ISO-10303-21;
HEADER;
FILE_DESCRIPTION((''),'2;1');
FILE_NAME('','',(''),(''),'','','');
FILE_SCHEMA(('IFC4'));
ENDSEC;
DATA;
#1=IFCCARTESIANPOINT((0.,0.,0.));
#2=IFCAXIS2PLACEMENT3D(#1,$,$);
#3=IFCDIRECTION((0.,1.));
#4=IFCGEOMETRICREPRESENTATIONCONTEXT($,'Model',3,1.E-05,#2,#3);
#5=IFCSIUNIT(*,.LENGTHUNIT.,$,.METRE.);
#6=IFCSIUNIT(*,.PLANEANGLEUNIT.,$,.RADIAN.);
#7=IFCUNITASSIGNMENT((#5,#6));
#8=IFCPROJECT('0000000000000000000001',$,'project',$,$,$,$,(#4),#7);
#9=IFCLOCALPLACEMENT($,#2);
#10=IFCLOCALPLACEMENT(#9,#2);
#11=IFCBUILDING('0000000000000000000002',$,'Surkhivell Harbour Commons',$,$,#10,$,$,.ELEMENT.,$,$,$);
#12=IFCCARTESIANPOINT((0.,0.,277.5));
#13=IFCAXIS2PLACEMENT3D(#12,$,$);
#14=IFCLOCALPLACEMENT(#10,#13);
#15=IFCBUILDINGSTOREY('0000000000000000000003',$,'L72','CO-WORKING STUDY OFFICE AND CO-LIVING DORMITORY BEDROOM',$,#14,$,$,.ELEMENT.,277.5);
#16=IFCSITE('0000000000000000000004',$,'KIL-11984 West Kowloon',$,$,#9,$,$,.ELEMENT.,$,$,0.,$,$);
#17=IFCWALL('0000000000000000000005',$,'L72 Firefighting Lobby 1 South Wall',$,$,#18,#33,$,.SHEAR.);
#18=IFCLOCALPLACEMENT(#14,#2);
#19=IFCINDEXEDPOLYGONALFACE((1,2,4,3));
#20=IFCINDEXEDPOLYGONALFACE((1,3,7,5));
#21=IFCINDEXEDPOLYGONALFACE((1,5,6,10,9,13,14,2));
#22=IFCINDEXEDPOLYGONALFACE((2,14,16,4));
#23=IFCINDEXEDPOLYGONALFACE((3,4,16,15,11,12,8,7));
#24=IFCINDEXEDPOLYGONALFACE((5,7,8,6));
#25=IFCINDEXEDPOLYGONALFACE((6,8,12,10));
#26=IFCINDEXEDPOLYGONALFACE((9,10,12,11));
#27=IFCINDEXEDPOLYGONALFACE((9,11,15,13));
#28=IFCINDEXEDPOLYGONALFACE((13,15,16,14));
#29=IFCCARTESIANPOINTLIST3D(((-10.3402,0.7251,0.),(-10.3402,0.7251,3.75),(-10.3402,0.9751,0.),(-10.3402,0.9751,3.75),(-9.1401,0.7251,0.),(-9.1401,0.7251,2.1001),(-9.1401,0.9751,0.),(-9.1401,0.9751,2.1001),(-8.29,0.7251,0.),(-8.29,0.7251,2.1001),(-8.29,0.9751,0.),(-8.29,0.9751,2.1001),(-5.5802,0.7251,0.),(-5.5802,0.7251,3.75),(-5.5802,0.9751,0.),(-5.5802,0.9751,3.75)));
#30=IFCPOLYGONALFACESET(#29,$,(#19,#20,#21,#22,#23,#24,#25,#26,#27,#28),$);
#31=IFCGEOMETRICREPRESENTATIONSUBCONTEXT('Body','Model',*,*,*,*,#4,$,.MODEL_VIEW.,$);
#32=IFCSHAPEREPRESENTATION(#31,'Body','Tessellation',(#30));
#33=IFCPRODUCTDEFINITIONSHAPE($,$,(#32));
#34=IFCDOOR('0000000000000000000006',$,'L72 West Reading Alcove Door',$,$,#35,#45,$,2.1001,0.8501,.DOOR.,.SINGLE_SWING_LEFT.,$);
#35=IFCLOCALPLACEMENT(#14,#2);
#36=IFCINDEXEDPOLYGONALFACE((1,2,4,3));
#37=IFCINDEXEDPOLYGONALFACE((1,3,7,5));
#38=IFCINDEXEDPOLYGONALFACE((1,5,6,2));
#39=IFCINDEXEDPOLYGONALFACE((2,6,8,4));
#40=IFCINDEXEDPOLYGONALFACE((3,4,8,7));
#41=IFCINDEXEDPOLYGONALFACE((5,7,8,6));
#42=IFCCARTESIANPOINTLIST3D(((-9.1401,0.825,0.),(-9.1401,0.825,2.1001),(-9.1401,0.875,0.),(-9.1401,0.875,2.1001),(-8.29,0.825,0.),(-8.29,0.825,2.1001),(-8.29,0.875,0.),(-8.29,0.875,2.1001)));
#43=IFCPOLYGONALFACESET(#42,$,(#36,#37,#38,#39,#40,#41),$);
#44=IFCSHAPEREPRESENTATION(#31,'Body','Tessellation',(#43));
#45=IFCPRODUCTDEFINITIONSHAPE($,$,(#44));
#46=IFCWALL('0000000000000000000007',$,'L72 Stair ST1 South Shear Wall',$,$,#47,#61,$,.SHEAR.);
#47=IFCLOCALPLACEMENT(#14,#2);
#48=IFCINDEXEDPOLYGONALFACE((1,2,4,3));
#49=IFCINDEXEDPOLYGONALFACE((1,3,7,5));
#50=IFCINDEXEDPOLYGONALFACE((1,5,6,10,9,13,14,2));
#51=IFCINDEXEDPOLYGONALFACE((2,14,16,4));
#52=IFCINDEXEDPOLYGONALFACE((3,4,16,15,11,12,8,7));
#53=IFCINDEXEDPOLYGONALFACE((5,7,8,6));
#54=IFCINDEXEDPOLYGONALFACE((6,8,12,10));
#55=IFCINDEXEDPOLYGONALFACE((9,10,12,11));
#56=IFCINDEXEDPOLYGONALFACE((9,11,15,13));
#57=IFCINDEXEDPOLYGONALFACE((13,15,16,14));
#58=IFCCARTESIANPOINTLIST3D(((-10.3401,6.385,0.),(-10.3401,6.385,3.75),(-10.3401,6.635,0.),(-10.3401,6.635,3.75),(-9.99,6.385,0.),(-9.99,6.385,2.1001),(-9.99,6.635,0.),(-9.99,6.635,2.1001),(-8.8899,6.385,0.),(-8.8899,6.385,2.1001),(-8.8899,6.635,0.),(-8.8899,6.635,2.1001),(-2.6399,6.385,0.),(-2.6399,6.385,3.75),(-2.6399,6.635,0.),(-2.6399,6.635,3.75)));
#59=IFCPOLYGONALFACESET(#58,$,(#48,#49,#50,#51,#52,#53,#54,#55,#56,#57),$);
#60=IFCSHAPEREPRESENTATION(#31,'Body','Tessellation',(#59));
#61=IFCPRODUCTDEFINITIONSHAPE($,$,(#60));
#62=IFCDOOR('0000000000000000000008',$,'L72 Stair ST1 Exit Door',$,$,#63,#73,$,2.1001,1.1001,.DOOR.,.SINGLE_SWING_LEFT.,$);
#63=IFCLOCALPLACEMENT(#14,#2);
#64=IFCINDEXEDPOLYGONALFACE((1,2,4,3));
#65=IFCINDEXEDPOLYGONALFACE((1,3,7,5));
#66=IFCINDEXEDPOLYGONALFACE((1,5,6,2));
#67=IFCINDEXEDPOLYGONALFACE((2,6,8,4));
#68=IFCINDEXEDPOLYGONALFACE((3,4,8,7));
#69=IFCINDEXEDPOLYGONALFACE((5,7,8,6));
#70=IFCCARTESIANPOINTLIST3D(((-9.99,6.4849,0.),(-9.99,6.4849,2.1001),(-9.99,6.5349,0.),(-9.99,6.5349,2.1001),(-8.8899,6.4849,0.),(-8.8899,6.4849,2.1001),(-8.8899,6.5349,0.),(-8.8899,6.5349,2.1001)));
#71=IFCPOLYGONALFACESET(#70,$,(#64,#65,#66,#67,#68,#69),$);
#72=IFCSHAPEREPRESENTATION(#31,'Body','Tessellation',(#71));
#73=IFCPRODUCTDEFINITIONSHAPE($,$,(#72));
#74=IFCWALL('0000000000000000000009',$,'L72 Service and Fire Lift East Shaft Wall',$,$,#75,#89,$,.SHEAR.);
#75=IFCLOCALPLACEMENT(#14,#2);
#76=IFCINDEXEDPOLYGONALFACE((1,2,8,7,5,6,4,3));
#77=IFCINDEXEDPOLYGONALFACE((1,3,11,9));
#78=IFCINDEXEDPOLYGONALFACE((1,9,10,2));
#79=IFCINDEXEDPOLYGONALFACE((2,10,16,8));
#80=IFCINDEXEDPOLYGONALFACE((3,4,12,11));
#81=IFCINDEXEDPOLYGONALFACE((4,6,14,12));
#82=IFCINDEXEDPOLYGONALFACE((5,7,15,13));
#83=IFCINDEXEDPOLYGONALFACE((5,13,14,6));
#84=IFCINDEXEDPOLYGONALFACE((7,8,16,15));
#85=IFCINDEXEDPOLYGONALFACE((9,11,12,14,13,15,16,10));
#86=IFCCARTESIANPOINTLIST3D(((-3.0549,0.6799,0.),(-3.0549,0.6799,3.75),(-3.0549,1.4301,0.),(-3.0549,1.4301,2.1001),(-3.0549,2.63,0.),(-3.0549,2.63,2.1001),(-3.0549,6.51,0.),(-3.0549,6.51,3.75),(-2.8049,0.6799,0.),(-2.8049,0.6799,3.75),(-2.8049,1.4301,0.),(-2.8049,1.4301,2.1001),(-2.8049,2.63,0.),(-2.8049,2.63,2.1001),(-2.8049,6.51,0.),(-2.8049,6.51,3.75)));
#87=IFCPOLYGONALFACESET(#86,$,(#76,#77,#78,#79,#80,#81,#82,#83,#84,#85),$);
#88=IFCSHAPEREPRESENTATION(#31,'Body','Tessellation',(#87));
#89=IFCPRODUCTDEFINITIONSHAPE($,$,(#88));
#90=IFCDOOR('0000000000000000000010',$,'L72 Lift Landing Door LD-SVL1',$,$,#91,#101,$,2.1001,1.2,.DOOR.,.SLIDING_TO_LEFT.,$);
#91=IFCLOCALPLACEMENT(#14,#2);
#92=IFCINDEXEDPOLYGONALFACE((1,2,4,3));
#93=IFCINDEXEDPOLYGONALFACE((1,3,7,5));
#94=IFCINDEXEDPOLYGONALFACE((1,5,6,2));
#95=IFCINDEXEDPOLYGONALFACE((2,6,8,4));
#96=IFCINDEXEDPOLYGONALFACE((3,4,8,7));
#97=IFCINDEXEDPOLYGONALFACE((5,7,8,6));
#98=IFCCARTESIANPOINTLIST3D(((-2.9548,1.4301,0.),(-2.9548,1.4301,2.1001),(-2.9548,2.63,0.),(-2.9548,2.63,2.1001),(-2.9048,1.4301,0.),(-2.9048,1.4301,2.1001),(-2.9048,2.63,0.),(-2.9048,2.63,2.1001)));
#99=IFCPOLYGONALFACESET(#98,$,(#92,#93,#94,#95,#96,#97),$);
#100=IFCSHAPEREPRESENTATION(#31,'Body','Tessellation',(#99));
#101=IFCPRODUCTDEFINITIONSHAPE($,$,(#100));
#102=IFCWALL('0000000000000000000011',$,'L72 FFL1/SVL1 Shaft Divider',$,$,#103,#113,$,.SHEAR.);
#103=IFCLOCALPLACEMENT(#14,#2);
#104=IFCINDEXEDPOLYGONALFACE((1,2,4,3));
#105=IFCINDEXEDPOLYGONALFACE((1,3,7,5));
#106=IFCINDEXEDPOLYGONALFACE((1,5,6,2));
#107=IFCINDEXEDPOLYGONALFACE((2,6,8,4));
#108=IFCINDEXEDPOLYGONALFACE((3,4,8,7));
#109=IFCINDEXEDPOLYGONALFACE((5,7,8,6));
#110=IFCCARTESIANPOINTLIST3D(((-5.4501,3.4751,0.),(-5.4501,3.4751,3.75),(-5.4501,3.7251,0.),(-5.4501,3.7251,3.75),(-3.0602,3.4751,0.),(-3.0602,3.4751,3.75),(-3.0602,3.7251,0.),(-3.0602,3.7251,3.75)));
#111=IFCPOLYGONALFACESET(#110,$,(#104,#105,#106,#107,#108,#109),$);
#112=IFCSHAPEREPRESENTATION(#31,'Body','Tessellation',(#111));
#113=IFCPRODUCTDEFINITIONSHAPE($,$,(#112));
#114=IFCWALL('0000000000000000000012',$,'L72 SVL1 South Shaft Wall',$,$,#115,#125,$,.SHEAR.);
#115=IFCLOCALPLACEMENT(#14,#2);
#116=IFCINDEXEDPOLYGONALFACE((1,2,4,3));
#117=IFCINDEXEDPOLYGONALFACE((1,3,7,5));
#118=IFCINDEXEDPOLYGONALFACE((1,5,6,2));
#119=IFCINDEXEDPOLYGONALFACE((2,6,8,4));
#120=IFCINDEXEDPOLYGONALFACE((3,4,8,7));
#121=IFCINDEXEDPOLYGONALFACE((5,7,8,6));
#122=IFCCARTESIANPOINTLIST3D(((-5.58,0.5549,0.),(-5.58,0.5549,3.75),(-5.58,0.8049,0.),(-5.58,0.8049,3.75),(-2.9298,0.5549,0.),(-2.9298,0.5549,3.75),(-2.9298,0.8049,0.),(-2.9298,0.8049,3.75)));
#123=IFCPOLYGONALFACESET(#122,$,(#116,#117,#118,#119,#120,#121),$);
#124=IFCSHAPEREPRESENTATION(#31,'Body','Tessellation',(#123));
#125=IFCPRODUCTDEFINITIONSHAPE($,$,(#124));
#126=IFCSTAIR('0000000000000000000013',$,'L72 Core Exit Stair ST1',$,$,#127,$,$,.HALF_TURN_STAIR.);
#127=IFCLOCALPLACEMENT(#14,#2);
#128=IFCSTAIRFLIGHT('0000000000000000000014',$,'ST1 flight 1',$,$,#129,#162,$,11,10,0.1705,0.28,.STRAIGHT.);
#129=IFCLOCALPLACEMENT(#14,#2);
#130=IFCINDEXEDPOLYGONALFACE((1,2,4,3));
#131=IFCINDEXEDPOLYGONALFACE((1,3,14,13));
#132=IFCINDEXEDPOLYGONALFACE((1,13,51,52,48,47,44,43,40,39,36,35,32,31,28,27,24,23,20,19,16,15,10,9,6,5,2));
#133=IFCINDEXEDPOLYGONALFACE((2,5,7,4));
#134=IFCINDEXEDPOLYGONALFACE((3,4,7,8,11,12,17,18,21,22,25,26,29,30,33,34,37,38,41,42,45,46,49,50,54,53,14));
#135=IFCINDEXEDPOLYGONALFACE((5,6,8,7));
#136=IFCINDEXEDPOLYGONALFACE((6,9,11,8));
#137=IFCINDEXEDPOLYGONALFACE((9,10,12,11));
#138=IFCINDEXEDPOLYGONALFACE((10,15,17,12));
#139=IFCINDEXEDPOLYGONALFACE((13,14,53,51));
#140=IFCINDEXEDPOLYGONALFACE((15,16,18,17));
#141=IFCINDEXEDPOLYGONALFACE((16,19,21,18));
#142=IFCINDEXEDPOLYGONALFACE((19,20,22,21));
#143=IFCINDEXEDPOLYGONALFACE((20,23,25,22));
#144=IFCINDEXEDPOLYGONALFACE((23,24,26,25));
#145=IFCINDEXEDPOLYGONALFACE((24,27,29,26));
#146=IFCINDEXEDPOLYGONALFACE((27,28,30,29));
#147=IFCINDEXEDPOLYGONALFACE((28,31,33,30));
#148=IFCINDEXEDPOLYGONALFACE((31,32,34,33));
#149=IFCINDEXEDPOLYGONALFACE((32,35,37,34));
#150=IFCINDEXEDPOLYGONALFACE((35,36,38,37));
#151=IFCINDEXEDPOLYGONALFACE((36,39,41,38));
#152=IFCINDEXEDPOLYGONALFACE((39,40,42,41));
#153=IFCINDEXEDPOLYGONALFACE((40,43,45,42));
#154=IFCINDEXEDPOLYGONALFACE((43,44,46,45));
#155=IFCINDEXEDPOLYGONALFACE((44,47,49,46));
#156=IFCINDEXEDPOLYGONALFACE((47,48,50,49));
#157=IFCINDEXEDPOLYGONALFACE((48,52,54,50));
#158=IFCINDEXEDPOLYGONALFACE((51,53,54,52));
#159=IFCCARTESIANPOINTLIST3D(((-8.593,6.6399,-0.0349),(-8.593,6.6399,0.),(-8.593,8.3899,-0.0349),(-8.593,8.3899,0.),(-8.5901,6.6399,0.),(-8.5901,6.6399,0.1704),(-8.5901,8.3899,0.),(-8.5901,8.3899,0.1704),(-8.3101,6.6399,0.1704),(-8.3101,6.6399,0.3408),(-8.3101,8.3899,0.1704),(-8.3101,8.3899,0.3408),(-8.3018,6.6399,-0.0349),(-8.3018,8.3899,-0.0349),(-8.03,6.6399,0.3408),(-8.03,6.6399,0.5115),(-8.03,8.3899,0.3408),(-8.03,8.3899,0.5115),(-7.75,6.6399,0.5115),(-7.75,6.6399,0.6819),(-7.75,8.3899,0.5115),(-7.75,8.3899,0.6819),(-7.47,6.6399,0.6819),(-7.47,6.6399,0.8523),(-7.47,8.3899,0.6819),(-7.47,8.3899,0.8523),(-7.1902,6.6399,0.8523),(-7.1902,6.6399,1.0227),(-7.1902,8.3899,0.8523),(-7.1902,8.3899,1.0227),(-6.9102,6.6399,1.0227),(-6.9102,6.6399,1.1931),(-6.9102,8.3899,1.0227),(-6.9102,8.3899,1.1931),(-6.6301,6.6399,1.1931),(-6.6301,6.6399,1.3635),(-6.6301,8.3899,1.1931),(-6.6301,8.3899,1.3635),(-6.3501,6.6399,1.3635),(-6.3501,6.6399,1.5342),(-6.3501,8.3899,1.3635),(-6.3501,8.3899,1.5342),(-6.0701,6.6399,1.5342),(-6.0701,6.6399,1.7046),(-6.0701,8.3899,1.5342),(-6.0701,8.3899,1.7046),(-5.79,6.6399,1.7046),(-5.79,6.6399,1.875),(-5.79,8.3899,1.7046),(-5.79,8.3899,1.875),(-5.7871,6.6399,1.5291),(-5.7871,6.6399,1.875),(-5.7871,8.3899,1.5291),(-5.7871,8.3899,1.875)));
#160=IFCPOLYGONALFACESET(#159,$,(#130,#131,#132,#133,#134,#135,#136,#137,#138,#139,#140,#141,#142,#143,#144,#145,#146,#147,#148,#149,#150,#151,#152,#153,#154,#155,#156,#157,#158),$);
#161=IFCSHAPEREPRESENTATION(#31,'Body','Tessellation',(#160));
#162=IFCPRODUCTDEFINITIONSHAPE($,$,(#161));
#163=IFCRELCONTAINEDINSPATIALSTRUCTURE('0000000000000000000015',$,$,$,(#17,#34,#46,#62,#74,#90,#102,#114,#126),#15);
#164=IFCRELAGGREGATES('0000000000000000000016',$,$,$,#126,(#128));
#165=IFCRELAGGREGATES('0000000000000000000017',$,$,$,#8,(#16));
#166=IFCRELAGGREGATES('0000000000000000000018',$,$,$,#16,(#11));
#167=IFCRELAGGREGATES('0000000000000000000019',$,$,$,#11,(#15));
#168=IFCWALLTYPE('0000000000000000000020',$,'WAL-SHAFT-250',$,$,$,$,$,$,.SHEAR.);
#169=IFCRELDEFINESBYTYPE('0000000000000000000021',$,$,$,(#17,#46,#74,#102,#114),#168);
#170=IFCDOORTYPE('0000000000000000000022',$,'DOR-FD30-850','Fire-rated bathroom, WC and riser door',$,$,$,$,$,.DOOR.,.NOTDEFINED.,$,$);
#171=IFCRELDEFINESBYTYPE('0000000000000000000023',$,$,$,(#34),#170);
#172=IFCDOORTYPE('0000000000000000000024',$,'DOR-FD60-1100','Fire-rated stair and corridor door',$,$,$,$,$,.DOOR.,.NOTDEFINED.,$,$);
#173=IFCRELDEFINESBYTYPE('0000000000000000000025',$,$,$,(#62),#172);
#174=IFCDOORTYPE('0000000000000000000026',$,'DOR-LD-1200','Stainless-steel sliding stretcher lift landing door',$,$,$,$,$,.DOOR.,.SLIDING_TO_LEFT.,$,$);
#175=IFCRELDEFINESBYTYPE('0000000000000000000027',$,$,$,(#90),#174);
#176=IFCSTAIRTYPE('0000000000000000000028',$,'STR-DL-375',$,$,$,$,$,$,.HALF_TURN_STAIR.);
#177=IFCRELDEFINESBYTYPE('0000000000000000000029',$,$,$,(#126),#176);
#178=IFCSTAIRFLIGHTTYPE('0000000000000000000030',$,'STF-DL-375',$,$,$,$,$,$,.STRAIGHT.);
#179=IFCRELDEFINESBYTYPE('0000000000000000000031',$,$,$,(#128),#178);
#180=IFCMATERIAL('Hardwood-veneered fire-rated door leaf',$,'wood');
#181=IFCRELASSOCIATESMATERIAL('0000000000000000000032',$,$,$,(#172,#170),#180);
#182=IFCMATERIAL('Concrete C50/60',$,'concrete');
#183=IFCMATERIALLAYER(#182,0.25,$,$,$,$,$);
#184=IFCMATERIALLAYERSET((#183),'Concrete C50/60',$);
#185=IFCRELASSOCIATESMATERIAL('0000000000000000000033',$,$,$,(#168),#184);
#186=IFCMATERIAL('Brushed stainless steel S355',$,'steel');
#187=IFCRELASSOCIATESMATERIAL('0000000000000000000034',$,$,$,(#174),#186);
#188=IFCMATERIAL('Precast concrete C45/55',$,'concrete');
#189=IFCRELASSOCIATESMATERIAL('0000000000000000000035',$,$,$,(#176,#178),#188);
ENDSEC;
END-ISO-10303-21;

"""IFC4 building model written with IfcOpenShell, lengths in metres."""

from ifc_helpers import new_model, si_unit, direction, frame, frame_2d, origin, place, context, subcontext, project, spatial, polyline, rectangle, outline, extrude, material, layer, layer_set, type_object, element, fill, aggregate, save


model = new_model("IFC4")

# Units and contexts
model_context = context("Model", 3, precision=1e-05, world=origin(), true_north=direction((0.0, 1.0)))
body_context = subcontext(model_context, "Body", "Model", "MODEL_VIEW")
ifc_project = project(units=[si_unit("LENGTHUNIT", "METRE"), si_unit("PLANEANGLEUNIT", "RADIAN")], contexts=[model_context])

# Site, building, storey
site_placement = place(None, origin())
site = spatial("IfcSite", under=ifc_project, at=site_placement, Name="KIL-11984 West Kowloon", CompositionType="ELEMENT", RefElevation=0.0)
building_placement = place(site_placement, origin())
building = spatial("IfcBuilding", under=site, at=building_placement, Name="Surkhivell Harbour Commons", CompositionType="ELEMENT")
storey_placement = place(building_placement, frame((0.0, 0.0, 277.5)))
storey = spatial("IfcBuildingStorey", under=building, at=storey_placement, Name="L72", Description="CO-WORKING STUDY OFFICE AND CO-LIVING DORMITORY BEDROOM", CompositionType="ELEMENT", Elevation=277.5)

# Shared definitions
ifc_material_1 = material(Name="Concrete C50/60", Category="concrete")

# Shared definitions
ifc_material_2 = material(Name="Hardwood-veneered fire-rated door leaf", Category="wood")
door_type_1 = type_object("IfcDoorType", Name="DOR-FD60-1100", Description="Fire-rated stair and corridor door", OperationType="NOTDEFINED", PredefinedType="DOOR", material=ifc_material_2)

# Walls, openings, doors
ifc_layer_1 = layer(ifc_material_1, 0.25)
ifc_layer_set_1 = layer_set([ifc_layer_1], Name="Concrete C50/60")
wall_type_1 = type_object("IfcWallType", Name="WAL-SHAFT-250", PredefinedType="SHEAR", material=ifc_layer_set_1)
ifc_material_3 = material(Name="Brushed stainless steel S355", Category="steel")
wall_1_placement = place(storey_placement, frame((-10.3401, 0.8501, 0.0), z_axis=(0.0, 0.0, 1.0), x_axis=(1.0, 0.0, 0.0)))
wall_1 = element("IfcWall", 1, at=wall_1_placement, inside=storey, type_object=wall_type_1, Name="L72 Firefighting Lobby 1 South Wall", PredefinedType="SHEAR", context=body_context, shape_type="SweptSolid", body=[
    extrude(rectangle(XDim=4.76, YDim=0.25, at=frame_2d((2.3799, 0.0))), origin(), (0.0, 0.0, 1.0), 3.75),
])
opening_1_placement = place(wall_1_placement, frame((1.2, 0.0, 0.0)))
opening_1 = element("IfcOpeningElement", 2, at=opening_1_placement, cuts=wall_1, PredefinedType="OPENING", context=body_context, shape_type="SweptSolid", body=[
    extrude(rectangle(XDim=0.8501, YDim=2.1001, at=frame_2d((0.425, 1.05))), frame((0.0, 0.135, 0.0), z_axis=(0.0, -1.0, 0.0), x_axis=(1.0, 0.0, 0.0)), (0.0, 0.0, 1.0), 0.27),
])
door_type_2 = type_object("IfcDoorType", Name="DOR-FD30-850", Description="Fire-rated bathroom, WC and riser door", OperationType="NOTDEFINED", PredefinedType="DOOR", material=ifc_material_2)
door_1_placement = place(opening_1_placement, origin())
door_1 = element("IfcDoor", 3, at=door_1_placement, inside=storey, type_object=door_type_2, Name="L72 West Reading Alcove Door", OperationType="SINGLE_SWING_LEFT", OverallHeight=2.1001, OverallWidth=0.8501, PredefinedType="DOOR", context=body_context, shape_type="SweptSolid", body=[
    extrude(rectangle(XDim=0.8501, YDim=2.1001, at=frame_2d((0.425, 1.05))), frame((0.0, 0.0249, 0.0), z_axis=(0.0, -1.0, 0.0), x_axis=(1.0, 0.0, 0.0)), (0.0, 0.0, 1.0), 0.05),
])
fill(opening_1, door_1)
wall_2_placement = place(storey_placement, frame((-10.3401, 6.51, 0.0), z_axis=(0.0, 0.0, 1.0), x_axis=(1.0, 0.0, 0.0)))
wall_2 = element("IfcWall", 4, at=wall_2_placement, inside=storey, type_object=wall_type_1, Name="L72 Stair ST1 South Shear Wall", PredefinedType="SHEAR", context=body_context, shape_type="SweptSolid", body=[
    extrude(rectangle(XDim=7.7002, YDim=0.25, at=frame_2d((3.8501, 0.0))), origin(), (0.0, 0.0, 1.0), 3.75),
])
opening_2_placement = place(wall_2_placement, frame((0.3501, 0.0, 0.0)))
opening_2 = element("IfcOpeningElement", 5, at=opening_2_placement, cuts=wall_2, PredefinedType="OPENING", context=body_context, shape_type="SweptSolid", body=[
    extrude(rectangle(XDim=1.1001, YDim=2.1001, at=frame_2d((0.55, 1.05))), frame((0.0, 0.135, 0.0), z_axis=(0.0, -1.0, 0.0), x_axis=(1.0, 0.0, 0.0)), (0.0, 0.0, 1.0), 0.27),
])
door_2_placement = place(opening_2_placement, origin())
door_2 = element("IfcDoor", 6, at=door_2_placement, inside=storey, type_object=door_type_1, Name="L72 Stair ST1 Exit Door", OperationType="SINGLE_SWING_LEFT", OverallHeight=2.1001, OverallWidth=1.1001, PredefinedType="DOOR", context=body_context, shape_type="SweptSolid", body=[
    extrude(rectangle(XDim=1.1001, YDim=2.1001, at=frame_2d((0.55, 1.05))), frame((0.0, 0.0249, 0.0), z_axis=(0.0, -1.0, 0.0), x_axis=(1.0, 0.0, 0.0)), (0.0, 0.0, 1.0), 0.05),
])
fill(opening_2, door_2)
wall_3_placement = place(storey_placement, frame((-2.9299, 0.6799, 0.0), z_axis=(0.0, 0.0, 1.0), x_axis=(0.0, 1.0, 0.0)))
wall_3 = element("IfcWall", 7, at=wall_3_placement, inside=storey, type_object=wall_type_1, Name="L72 Service and Fire Lift East Shaft Wall", PredefinedType="SHEAR", context=body_context, shape_type="SweptSolid", body=[
    extrude(rectangle(XDim=5.8301, YDim=0.25, at=frame_2d((2.915, 0.0))), origin(), (0.0, 0.0, 1.0), 3.75),
])
opening_3_placement = place(wall_3_placement, frame((0.75, 0.0, 0.0)))
opening_3 = element("IfcOpeningElement", 8, at=opening_3_placement, cuts=wall_3, PredefinedType="OPENING", context=body_context, shape_type="SweptSolid", body=[
    extrude(rectangle(XDim=1.2, YDim=2.1001, at=frame_2d((0.6001, 1.05))), frame((0.0, 0.135, 0.0), z_axis=(0.0, -1.0, 0.0), x_axis=(1.0, 0.0, 0.0)), (0.0, 0.0, 1.0), 0.27),
])
door_type_3 = type_object("IfcDoorType", Name="DOR-LD-1200", Description="Stainless-steel sliding stretcher lift landing door", OperationType="SLIDING_TO_LEFT", PredefinedType="DOOR", material=ifc_material_3)
door_3_placement = place(opening_3_placement, origin())
door_3 = element("IfcDoor", 9, at=door_3_placement, inside=storey, type_object=door_type_3, Name="L72 Lift Landing Door LD-SVL1", OperationType="SLIDING_TO_LEFT", OverallHeight=2.1001, OverallWidth=1.2, PredefinedType="DOOR", context=body_context, shape_type="SweptSolid", body=[
    extrude(rectangle(XDim=1.2, YDim=2.1001, at=frame_2d((0.6001, 1.05))), frame((0.0, 0.0249, 0.0), z_axis=(0.0, -1.0, 0.0), x_axis=(1.0, 0.0, 0.0)), (0.0, 0.0, 1.0), 0.05),
])
fill(opening_3, door_3)

# Walls
wall_4_placement = place(storey_placement, frame((-5.45, 3.6001, 0.0), z_axis=(0.0, 0.0, 1.0), x_axis=(1.0, 0.0, 0.0)))
element("IfcWall", 10, at=wall_4_placement, inside=storey, type_object=wall_type_1, Name="L72 FFL1/SVL1 Shaft Divider", PredefinedType="SHEAR", context=body_context, shape_type="SweptSolid", body=[
    extrude(rectangle(XDim=2.3899, YDim=0.25, at=frame_2d((1.1948, 0.0))), origin(), (0.0, 0.0, 1.0), 3.75),
])
wall_5_placement = place(storey_placement, frame((-5.5801, 0.6799, 0.0), z_axis=(0.0, 0.0, 1.0), x_axis=(1.0, 0.0, 0.0)))
element("IfcWall", 11, at=wall_5_placement, inside=storey, type_object=wall_type_1, Name="L72 SVL1 South Shaft Wall", PredefinedType="SHEAR", context=body_context, shape_type="SweptSolid", body=[
    extrude(rectangle(XDim=2.6501, YDim=0.25, at=frame_2d((1.3252, 0.0))), origin(), (0.0, 0.0, 1.0), 3.75),
])

# Stair, stair flight
ifc_material_4 = material(Name="Precast concrete C45/55", Category="concrete")
stair_type = type_object("IfcStairType", Name="STR-DL-375", PredefinedType="HALF_TURN_STAIR", material=ifc_material_4)
stair_placement = place(storey_placement, origin())
stair = element("IfcStair", 12, at=stair_placement, inside=storey, type_object=stair_type, Name="L72 Core Exit Stair ST1", PredefinedType="HALF_TURN_STAIR")
stair_flight_type = type_object("IfcStairFlightType", Name="STF-DL-375", PredefinedType="STRAIGHT", material=ifc_material_4)
stair_flight_1_placement = place(storey_placement, frame((-8.5901, 7.5149, 0.0), z_axis=(0.0, 0.0, 1.0), x_axis=(1.0, 0.0, 0.0)))
stair_flight_1 = element("IfcStairFlight", 13, at=stair_flight_1_placement, type_object=stair_flight_type, Name="ST1 flight 1", NumberOfRisers=11, NumberOfTreads=10, PredefinedType="STRAIGHT", RiserHeight=0.1705, TreadLength=0.28, context=body_context, shape_type="SweptSolid", body=[
    extrude(outline(polyline([(-0.0029, -0.0349), (-0.0029, 0.0), (0.0, 0.0), (0.0, 0.1704), (0.28, 0.1704), (0.28, 0.3408), (0.5601, 0.3408), (0.5601, 0.5115), (0.8401, 0.5115), (0.8401, 0.6819), (1.1201, 0.6819), (1.1201, 0.8523), (1.3999, 0.8523), (1.3999, 1.0227), (1.6799, 1.0227), (1.6799, 1.1931), (1.96, 1.1931), (1.96, 1.3635), (2.24, 1.3635), (2.24, 1.5342), (2.52, 1.5342), (2.52, 1.7046), (2.8, 1.7046), (2.8, 1.875), (2.803, 1.875), (2.803, 1.5291), (0.2883, -0.0349), (-0.0029, -0.0349)])), frame((0.0, 0.875, 0.0), z_axis=(0.0, -1.0, 0.0), x_axis=(1.0, 0.0, 0.0)), (0.0, 0.0, 1.0), 1.75),
])
aggregate(stair, [stair_flight_1])

save(model, "model.ifc")
